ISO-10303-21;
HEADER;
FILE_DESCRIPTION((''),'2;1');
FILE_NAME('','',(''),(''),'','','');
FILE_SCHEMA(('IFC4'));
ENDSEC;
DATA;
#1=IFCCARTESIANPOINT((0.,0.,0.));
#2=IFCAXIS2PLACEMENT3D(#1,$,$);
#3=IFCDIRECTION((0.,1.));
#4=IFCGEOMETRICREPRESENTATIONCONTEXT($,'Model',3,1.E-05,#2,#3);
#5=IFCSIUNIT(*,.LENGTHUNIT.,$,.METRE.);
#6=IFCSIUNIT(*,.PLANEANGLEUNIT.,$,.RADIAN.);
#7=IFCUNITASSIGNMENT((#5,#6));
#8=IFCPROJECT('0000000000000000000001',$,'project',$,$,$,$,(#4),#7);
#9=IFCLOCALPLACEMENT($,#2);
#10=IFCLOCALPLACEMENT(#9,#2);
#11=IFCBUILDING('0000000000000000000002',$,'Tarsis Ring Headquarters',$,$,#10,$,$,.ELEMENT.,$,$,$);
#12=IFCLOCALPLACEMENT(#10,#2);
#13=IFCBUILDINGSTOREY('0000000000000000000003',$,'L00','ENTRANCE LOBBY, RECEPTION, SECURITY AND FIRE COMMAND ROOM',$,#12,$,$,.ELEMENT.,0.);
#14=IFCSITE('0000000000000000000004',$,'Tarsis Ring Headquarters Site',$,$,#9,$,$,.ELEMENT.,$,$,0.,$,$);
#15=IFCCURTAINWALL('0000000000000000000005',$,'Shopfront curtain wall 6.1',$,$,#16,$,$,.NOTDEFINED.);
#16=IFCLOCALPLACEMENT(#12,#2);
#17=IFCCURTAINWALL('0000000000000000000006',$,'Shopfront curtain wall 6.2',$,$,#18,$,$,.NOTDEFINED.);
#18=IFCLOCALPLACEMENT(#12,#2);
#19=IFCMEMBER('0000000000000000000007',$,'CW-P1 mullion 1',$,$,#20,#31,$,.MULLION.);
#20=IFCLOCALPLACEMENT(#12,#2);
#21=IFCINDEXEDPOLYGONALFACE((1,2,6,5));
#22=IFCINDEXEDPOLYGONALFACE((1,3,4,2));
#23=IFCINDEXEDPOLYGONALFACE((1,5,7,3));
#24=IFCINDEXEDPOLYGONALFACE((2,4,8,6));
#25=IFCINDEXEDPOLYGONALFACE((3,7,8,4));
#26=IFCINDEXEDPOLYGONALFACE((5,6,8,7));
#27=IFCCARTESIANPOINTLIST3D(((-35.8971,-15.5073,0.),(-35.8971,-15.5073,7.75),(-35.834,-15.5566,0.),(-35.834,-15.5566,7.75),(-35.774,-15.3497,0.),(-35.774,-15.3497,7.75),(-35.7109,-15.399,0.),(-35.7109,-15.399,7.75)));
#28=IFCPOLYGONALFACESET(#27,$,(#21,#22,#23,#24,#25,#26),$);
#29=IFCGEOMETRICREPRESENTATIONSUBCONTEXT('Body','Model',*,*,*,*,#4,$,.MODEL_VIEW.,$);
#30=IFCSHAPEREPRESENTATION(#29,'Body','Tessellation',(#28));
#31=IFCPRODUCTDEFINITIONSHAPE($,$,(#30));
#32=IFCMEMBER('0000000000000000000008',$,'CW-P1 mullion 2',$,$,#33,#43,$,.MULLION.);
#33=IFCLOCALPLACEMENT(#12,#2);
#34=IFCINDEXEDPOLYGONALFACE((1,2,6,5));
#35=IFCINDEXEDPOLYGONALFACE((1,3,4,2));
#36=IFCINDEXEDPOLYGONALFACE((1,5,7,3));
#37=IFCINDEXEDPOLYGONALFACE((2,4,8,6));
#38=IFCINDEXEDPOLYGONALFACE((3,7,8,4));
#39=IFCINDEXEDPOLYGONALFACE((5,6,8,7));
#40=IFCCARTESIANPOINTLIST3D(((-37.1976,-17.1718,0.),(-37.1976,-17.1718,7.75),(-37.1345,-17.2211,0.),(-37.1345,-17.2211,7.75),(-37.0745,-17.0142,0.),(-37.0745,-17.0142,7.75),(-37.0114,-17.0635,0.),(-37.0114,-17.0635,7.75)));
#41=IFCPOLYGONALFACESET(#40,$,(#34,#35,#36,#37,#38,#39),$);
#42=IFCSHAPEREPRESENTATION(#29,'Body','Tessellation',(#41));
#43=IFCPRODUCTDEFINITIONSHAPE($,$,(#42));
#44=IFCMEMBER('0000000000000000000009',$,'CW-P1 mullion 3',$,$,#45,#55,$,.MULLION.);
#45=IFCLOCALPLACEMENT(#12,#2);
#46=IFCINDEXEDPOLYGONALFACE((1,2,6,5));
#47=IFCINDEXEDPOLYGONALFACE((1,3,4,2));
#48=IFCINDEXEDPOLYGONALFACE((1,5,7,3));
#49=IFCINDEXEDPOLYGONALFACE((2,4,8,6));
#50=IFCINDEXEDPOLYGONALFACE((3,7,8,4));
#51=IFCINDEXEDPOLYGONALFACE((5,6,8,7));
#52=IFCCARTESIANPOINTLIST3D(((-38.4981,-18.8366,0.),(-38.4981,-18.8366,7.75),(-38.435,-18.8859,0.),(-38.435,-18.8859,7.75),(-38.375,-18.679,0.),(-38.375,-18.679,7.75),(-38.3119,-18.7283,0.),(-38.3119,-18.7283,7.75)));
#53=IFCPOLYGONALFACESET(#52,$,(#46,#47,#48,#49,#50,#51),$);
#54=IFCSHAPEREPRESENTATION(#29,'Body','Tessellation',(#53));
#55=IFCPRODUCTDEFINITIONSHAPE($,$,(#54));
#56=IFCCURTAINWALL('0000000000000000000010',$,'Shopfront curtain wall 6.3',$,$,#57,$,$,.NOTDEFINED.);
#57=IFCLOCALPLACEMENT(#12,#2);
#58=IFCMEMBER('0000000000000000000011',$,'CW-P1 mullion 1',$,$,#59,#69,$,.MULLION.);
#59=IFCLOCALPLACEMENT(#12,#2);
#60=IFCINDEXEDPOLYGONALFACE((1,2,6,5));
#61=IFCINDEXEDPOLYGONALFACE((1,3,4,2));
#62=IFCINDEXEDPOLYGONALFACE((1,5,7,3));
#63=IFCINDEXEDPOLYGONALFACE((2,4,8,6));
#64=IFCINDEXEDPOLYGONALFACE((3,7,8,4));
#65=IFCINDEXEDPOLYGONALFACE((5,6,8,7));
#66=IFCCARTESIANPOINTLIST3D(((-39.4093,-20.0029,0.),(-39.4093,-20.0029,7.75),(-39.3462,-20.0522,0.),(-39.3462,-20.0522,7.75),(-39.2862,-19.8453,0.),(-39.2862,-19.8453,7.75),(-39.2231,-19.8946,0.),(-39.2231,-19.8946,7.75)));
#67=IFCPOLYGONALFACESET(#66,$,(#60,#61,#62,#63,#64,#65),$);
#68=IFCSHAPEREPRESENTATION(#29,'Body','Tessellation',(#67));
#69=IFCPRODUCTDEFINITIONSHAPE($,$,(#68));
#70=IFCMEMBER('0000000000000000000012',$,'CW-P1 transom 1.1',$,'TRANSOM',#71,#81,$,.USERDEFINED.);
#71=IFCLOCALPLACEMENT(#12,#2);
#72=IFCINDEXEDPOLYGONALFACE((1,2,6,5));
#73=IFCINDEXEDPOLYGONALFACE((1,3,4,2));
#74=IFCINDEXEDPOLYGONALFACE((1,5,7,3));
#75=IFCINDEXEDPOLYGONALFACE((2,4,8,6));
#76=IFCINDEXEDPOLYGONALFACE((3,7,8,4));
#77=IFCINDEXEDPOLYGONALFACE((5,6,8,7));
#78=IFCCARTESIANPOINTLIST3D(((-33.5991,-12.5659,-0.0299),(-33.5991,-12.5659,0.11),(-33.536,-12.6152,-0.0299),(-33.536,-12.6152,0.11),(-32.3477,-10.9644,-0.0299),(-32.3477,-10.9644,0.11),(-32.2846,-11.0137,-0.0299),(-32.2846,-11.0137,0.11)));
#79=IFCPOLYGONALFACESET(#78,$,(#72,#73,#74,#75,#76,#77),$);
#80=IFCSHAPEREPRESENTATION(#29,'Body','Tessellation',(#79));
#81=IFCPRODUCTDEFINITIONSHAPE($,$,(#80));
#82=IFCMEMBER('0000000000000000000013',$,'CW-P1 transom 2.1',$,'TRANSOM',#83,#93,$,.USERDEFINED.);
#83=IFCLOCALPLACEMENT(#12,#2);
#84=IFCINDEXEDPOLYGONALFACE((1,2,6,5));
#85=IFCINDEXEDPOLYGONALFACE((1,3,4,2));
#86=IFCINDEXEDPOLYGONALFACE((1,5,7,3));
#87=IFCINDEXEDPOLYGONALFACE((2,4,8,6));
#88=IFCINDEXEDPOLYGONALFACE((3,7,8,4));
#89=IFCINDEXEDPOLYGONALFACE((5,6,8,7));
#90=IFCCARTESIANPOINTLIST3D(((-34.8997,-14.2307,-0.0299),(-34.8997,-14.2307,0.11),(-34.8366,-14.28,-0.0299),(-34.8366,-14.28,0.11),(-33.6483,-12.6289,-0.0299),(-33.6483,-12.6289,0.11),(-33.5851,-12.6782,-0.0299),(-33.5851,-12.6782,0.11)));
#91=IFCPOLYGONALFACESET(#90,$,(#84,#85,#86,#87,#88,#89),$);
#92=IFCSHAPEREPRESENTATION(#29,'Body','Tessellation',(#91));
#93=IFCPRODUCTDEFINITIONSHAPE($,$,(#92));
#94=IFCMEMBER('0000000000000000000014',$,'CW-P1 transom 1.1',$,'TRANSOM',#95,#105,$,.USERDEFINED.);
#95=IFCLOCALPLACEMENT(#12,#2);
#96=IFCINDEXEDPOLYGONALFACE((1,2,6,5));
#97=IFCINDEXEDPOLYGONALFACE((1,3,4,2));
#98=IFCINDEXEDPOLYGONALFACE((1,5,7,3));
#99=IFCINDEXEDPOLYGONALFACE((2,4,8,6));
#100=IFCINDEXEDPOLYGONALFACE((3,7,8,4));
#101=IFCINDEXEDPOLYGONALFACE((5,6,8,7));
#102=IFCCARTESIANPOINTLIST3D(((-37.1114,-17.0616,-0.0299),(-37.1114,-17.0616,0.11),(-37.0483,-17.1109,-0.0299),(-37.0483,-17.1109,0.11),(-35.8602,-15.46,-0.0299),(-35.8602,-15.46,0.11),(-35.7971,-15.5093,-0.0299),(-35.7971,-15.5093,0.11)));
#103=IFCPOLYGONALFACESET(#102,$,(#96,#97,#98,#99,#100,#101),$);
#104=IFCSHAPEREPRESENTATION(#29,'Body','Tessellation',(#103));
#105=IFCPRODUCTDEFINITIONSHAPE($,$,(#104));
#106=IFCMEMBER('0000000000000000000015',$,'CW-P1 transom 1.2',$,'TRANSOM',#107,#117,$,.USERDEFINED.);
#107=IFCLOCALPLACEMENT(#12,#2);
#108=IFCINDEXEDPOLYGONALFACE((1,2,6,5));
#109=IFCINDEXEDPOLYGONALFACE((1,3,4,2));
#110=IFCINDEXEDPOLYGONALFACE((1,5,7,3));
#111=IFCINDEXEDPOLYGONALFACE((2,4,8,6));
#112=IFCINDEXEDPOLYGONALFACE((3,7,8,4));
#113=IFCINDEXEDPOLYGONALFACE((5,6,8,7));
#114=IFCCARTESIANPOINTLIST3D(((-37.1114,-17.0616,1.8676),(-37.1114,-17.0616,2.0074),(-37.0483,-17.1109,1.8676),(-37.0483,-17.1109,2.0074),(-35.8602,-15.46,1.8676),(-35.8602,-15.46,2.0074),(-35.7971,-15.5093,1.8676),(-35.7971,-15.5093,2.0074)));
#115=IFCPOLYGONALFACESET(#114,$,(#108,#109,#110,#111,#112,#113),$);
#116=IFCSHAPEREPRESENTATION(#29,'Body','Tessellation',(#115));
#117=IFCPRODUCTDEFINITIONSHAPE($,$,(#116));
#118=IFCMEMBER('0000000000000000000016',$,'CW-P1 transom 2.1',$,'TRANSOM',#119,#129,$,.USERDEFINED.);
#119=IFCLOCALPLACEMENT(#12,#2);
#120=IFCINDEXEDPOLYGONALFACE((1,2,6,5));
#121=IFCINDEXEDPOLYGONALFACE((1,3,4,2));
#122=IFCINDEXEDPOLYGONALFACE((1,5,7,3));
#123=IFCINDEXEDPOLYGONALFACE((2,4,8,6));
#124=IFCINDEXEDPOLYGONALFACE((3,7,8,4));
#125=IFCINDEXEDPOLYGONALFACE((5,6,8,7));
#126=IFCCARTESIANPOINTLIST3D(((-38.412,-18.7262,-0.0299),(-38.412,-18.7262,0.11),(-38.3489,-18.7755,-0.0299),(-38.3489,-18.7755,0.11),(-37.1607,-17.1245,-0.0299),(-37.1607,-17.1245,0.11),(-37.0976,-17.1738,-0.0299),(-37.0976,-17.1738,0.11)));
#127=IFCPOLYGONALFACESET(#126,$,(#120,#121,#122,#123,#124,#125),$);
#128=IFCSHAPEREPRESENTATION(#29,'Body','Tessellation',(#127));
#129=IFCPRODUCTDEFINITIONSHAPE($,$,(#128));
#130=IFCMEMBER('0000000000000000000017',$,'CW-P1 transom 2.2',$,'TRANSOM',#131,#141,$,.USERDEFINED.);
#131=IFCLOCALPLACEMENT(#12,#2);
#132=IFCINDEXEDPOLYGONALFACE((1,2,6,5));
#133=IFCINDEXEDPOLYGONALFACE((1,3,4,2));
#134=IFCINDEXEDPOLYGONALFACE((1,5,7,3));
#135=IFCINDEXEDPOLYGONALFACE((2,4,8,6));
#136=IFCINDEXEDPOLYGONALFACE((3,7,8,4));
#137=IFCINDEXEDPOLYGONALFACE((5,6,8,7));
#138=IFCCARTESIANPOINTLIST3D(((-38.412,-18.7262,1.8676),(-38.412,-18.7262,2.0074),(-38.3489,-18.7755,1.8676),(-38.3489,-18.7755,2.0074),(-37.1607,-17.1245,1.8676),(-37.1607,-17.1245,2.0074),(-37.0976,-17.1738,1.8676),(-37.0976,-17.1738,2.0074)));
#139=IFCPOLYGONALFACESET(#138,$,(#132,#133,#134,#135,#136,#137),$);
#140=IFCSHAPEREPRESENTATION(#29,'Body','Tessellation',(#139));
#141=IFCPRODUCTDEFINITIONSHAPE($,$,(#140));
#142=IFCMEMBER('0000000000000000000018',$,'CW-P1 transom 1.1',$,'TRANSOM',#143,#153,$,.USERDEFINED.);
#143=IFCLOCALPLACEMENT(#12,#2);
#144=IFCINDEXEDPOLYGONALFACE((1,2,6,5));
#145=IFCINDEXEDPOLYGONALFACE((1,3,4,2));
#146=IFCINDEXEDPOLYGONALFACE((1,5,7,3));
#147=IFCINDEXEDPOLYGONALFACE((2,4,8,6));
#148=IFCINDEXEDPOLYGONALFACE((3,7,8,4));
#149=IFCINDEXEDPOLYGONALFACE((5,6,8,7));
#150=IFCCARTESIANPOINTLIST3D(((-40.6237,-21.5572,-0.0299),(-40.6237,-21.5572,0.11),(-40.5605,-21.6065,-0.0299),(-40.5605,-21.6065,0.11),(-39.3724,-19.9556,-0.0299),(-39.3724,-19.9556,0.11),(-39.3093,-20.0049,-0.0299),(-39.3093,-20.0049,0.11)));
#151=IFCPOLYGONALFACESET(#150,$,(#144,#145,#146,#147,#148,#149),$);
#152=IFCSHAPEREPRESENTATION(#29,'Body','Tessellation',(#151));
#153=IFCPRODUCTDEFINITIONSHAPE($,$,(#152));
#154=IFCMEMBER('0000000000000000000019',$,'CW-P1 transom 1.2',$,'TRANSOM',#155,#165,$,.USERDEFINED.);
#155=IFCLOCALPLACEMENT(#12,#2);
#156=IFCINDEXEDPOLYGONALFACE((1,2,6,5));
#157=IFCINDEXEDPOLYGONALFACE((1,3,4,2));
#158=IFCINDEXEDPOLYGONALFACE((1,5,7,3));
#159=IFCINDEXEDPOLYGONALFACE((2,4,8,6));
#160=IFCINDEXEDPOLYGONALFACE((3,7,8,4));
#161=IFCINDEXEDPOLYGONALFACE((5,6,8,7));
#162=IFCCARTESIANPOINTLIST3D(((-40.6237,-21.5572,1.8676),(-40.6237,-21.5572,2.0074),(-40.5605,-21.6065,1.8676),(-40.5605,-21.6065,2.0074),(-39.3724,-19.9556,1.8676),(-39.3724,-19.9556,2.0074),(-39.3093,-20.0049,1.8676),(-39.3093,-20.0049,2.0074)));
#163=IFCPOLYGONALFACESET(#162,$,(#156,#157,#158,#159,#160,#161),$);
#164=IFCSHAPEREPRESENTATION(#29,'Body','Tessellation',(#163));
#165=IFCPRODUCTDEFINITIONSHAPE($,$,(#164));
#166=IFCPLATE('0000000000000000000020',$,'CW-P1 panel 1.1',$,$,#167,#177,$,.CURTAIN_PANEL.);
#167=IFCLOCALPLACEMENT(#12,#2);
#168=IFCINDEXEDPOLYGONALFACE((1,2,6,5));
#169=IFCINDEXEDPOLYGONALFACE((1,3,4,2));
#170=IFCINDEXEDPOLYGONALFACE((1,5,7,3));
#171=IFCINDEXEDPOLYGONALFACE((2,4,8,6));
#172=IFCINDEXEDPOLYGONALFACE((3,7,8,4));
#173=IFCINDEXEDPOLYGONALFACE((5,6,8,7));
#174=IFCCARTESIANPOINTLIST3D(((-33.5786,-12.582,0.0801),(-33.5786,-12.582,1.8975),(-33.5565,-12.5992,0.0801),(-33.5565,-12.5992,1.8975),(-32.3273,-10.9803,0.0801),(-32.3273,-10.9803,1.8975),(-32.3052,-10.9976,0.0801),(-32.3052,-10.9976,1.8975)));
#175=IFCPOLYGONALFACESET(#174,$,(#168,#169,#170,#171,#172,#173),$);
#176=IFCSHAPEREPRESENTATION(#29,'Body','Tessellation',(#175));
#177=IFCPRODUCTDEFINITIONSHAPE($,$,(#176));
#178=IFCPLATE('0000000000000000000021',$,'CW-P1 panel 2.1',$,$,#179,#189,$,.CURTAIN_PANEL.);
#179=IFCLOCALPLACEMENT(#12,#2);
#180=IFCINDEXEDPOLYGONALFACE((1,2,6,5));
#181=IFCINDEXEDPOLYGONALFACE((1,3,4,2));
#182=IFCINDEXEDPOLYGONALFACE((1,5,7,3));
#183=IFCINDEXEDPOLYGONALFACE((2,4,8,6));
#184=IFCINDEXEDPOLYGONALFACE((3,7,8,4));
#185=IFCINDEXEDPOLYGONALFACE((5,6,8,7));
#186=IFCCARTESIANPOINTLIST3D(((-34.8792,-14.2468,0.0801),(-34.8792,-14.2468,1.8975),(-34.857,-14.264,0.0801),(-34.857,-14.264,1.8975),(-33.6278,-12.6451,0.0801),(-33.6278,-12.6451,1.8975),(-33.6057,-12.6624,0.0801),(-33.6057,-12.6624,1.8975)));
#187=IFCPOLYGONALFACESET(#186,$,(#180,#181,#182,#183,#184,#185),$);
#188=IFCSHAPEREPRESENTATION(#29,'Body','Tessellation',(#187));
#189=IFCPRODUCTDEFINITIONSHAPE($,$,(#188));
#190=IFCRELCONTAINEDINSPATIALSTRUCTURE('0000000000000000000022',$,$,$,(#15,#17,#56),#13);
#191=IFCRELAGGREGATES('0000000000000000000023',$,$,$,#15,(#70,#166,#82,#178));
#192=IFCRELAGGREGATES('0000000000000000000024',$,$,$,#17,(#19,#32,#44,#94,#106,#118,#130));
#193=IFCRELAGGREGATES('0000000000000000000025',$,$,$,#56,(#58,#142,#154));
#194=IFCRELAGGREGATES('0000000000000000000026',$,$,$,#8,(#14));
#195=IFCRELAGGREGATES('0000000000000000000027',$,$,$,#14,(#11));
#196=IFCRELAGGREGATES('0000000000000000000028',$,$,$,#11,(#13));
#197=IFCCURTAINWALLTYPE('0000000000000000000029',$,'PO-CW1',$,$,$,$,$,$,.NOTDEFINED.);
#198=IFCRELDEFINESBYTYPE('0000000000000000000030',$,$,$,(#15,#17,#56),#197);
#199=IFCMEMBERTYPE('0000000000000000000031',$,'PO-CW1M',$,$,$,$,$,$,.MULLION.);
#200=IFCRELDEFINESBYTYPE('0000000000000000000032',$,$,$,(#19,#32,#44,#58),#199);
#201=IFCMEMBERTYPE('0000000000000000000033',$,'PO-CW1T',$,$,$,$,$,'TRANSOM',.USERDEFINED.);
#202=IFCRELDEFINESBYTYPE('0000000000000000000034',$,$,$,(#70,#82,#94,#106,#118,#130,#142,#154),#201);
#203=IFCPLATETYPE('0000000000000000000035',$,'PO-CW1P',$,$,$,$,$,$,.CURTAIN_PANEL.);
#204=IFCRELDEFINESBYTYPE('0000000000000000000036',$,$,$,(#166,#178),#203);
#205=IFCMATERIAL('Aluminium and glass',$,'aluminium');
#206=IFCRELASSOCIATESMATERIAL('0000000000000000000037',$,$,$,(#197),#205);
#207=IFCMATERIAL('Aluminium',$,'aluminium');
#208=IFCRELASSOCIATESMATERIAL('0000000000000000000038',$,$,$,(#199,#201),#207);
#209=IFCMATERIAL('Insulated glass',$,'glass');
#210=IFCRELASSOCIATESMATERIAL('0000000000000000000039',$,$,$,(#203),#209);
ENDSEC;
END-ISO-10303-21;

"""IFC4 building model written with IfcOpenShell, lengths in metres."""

from ifc_helpers import new_model, si_unit, direction, frame, origin, origin_2d, place, context, subcontext, project, spatial, rectangle, extrude, material, material_profile, profile_set, type_object, element, aggregate, save


model = new_model("IFC4")

# Units and contexts
model_context = context("Model", 3, precision=1e-05, world=origin(), true_north=direction((0.0, 1.0)))
body_context = subcontext(model_context, "Body", "Model", "MODEL_VIEW")
ifc_project = project(units=[si_unit("LENGTHUNIT", "METRE"), si_unit("PLANEANGLEUNIT", "RADIAN")], contexts=[model_context])

# Site, building, storey
site_placement = place(None, origin())
site = spatial("IfcSite", under=ifc_project, at=site_placement, Name="Tarsis Ring Headquarters Site", CompositionType="ELEMENT", RefElevation=0.0)
building_placement = place(site_placement, origin())
building = spatial("IfcBuilding", under=site, at=building_placement, Name="Tarsis Ring Headquarters", CompositionType="ELEMENT")
storey_placement = place(building_placement, origin())
storey = spatial("IfcBuildingStorey", under=building, at=storey_placement, Name="L00", Description="ENTRANCE LOBBY, RECEPTION, SECURITY AND FIRE COMMAND ROOM", CompositionType="ELEMENT", Elevation=0.0)

# Curtain walls, members
ifc_material_1 = material(Name="Aluminium and glass", Category="aluminium")
curtain_wall_type = type_object("IfcCurtainWallType", Name="PO-CW1", PredefinedType="NOTDEFINED", material=ifc_material_1)
curtain_wall_1_placement = place(storey_placement, origin())
curtain_wall_1 = element("IfcCurtainWall", 1, at=curtain_wall_1_placement, inside=storey, type_object=curtain_wall_type, Name="Shopfront curtain wall 6.1", PredefinedType="NOTDEFINED")
ifc_material_2 = material(Name="Aluminium", Category="aluminium")
ifc_material_profile_1 = material_profile(ifc_material_2, rectangle(XDim=0.0801, YDim=0.2, at=origin_2d()), Name="PO-CW1M")
ifc_profile_set_1 = profile_set([ifc_material_profile_1], Name="Aluminium")
member_type_1 = type_object("IfcMemberType", Name="PO-CW1M", PredefinedType="MULLION", material=ifc_profile_set_1)
curtain_wall_2_placement = place(storey_placement, origin())
curtain_wall_2 = element("IfcCurtainWall", 2, at=curtain_wall_2_placement, inside=storey, type_object=curtain_wall_type, Name="Shopfront curtain wall 6.2", PredefinedType="NOTDEFINED")
member_1_placement = place(storey_placement, frame((-35.804, -15.4531, 0.0), z_axis=(0.0, 0.0, 1.0), x_axis=(0.788011, -0.615661, 0.0)))
member_1 = element("IfcMember", 3, at=member_1_placement, type_object=member_type_1, Name="CW-P1 mullion 1", PredefinedType="MULLION", context=body_context, shape_type="SweptSolid", body=[
    extrude(rectangle(XDim=0.0801, YDim=0.2, at=origin_2d()), origin(), (0.0, 0.0, 1.0), 7.75),
])
member_2_placement = place(storey_placement, frame((-37.1045, -17.1177, 0.0), z_axis=(0.0, 0.0, 1.0), x_axis=(0.788011, -0.615661, 0.0)))
member_2 = element("IfcMember", 4, at=member_2_placement, type_object=member_type_1, Name="CW-P1 mullion 2", PredefinedType="MULLION", context=body_context, shape_type="SweptSolid", body=[
    extrude(rectangle(XDim=0.0801, YDim=0.2, at=origin_2d()), origin(), (0.0, 0.0, 1.0), 7.75),
])
member_3_placement = place(storey_placement, frame((-38.405, -18.7825, 0.0), z_axis=(0.0, 0.0, 1.0), x_axis=(0.788011, -0.615661, 0.0)))
member_3 = element("IfcMember", 5, at=member_3_placement, type_object=member_type_1, Name="CW-P1 mullion 3", PredefinedType="MULLION", context=body_context, shape_type="SweptSolid", body=[
    extrude(rectangle(XDim=0.0801, YDim=0.2, at=origin_2d()), origin(), (0.0, 0.0, 1.0), 7.75),
])

# Curtain wall, member
curtain_wall_3_placement = place(storey_placement, origin())
curtain_wall_3 = element("IfcCurtainWall", 6, at=curtain_wall_3_placement, inside=storey, type_object=curtain_wall_type, Name="Shopfront curtain wall 6.3", PredefinedType="NOTDEFINED")
member_4_placement = place(storey_placement, frame((-39.3162, -19.9487, 0.0), z_axis=(0.0, 0.0, 1.0), x_axis=(0.788011, -0.615662, 0.0)))
member_4 = element("IfcMember", 7, at=member_4_placement, type_object=member_type_1, Name="CW-P1 mullion 1", PredefinedType="MULLION", context=body_context, shape_type="SweptSolid", body=[
    extrude(rectangle(XDim=0.0801, YDim=0.2, at=origin_2d()), origin(), (0.0, 0.0, 1.0), 7.75),
])

# Members
ifc_material_profile_2 = material_profile(ifc_material_2, rectangle(XDim=0.0801, YDim=0.1399, at=origin_2d()), Name="PO-CW1T")
ifc_profile_set_2 = profile_set([ifc_material_profile_2], Name="Aluminium")
member_type_2 = type_object("IfcMemberType", Name="PO-CW1T", ElementType="TRANSOM", PredefinedType="USERDEFINED", material=ifc_profile_set_2)
member_5_placement = place(storey_placement, frame((-32.3162, -10.989, 0.04), z_axis=(-0.615719, -0.787966, 0.0), x_axis=(0.787966, -0.615719, 0.0)))
member_5 = element("IfcMember", 8, at=member_5_placement, type_object=member_type_2, Name="CW-P1 transom 1.1", ObjectType="TRANSOM", PredefinedType="USERDEFINED", context=body_context, shape_type="SweptSolid", body=[
    extrude(rectangle(XDim=0.0801, YDim=0.1399, at=origin_2d()), origin(), (0.0, 0.0, 1.0), 2.0325),
])
member_6_placement = place(storey_placement, frame((-33.6167, -12.6536, 0.04), z_axis=(-0.61566, -0.788012, 0.0), x_axis=(0.788012, -0.61566, 0.0)))
member_6 = element("IfcMember", 9, at=member_6_placement, type_object=member_type_2, Name="CW-P1 transom 2.1", ObjectType="TRANSOM", PredefinedType="USERDEFINED", context=body_context, shape_type="SweptSolid", body=[
    extrude(rectangle(XDim=0.0801, YDim=0.1399, at=origin_2d()), origin(), (0.0, 0.0, 1.0), 2.0327),
])
member_7_placement = place(storey_placement, frame((-35.8286, -15.4846, 0.04), z_axis=(-0.615644, -0.788024, 0.0), x_axis=(0.788024, -0.615644, 0.0)))
member_7 = element("IfcMember", 10, at=member_7_placement, type_object=member_type_2, Name="CW-P1 transom 1.1", ObjectType="TRANSOM", PredefinedType="USERDEFINED", context=body_context, shape_type="SweptSolid", body=[
    extrude(rectangle(XDim=0.0801, YDim=0.1399, at=origin_2d()), origin(), (0.0, 0.0, 1.0), 2.0325),
])
member_8_placement = place(storey_placement, frame((-35.8286, -15.4846, 1.9375), z_axis=(-0.615644, -0.788024, 0.0), x_axis=(0.788024, -0.615644, 0.0)))
member_8 = element("IfcMember", 11, at=member_8_placement, type_object=member_type_2, Name="CW-P1 transom 1.2", ObjectType="TRANSOM", PredefinedType="USERDEFINED", context=body_context, shape_type="SweptSolid", body=[
    extrude(rectangle(XDim=0.0801, YDim=0.1399, at=origin_2d()), origin(), (0.0, 0.0, 1.0), 2.0325),
])
member_9_placement = place(storey_placement, frame((-37.1292, -17.1492, 0.04), z_axis=(-0.615644, -0.788024, 0.0), x_axis=(0.788024, -0.615644, 0.0)))
member_9 = element("IfcMember", 12, at=member_9_placement, type_object=member_type_2, Name="CW-P1 transom 2.1", ObjectType="TRANSOM", PredefinedType="USERDEFINED", context=body_context, shape_type="SweptSolid", body=[
    extrude(rectangle(XDim=0.0801, YDim=0.1399, at=origin_2d()), origin(), (0.0, 0.0, 1.0), 2.0325),
])
member_10_placement = place(storey_placement, frame((-37.1292, -17.1492, 1.9375), z_axis=(-0.615644, -0.788024, 0.0), x_axis=(0.788024, -0.615644, 0.0)))
member_10 = element("IfcMember", 13, at=member_10_placement, type_object=member_type_2, Name="CW-P1 transom 2.2", ObjectType="TRANSOM", PredefinedType="USERDEFINED", context=body_context, shape_type="SweptSolid", body=[
    extrude(rectangle(XDim=0.0801, YDim=0.1399, at=origin_2d()), origin(), (0.0, 0.0, 1.0), 2.0325),
])
member_11_placement = place(storey_placement, frame((-39.3408, -19.9802, 0.04), z_axis=(-0.615644, -0.788024, 0.0), x_axis=(0.788024, -0.615644, 0.0)))
member_11 = element("IfcMember", 14, at=member_11_placement, type_object=member_type_2, Name="CW-P1 transom 1.1", ObjectType="TRANSOM", PredefinedType="USERDEFINED", context=body_context, shape_type="SweptSolid", body=[
    extrude(rectangle(XDim=0.0801, YDim=0.1399, at=origin_2d()), origin(), (0.0, 0.0, 1.0), 2.0325),
])
member_12_placement = place(storey_placement, frame((-39.3408, -19.9802, 1.9375), z_axis=(-0.615644, -0.788024, 0.0), x_axis=(0.788024, -0.615644, 0.0)))
member_12 = element("IfcMember", 15, at=member_12_placement, type_object=member_type_2, Name="CW-P1 transom 1.2", ObjectType="TRANSOM", PredefinedType="USERDEFINED", context=body_context, shape_type="SweptSolid", body=[
    extrude(rectangle(XDim=0.0801, YDim=0.1399, at=origin_2d()), origin(), (0.0, 0.0, 1.0), 2.0325),
])

# Plates
ifc_material_3 = material(Name="Insulated glass", Category="glass")
plate_type = type_object("IfcPlateType", Name="PO-CW1P", PredefinedType="CURTAIN_PANEL", material=ifc_material_3)
plate_1_placement = place(storey_placement, frame((-32.9419, -11.7898, 0.0801), z_axis=(0.0, 0.0, 1.0), x_axis=(-0.615662, -0.788011, 0.0)))
plate_1 = element("IfcPlate", 16, at=plate_1_placement, type_object=plate_type, Name="CW-P1 panel 1.1", PredefinedType="CURTAIN_PANEL", context=body_context, shape_type="SweptSolid", body=[
    extrude(rectangle(XDim=2.0325, YDim=0.0281, at=origin_2d()), origin(), (0.0, 0.0, 1.0), 1.8174),
])
plate_2_placement = place(storey_placement, frame((-34.2424, -13.4546, 0.0801), z_axis=(0.0, 0.0, 1.0), x_axis=(-0.615662, -0.788011, 0.0)))
plate_2 = element("IfcPlate", 17, at=plate_2_placement, type_object=plate_type, Name="CW-P1 panel 2.1", PredefinedType="CURTAIN_PANEL", context=body_context, shape_type="SweptSolid", body=[
    extrude(rectangle(XDim=2.0325, YDim=0.0281, at=origin_2d()), origin(), (0.0, 0.0, 1.0), 1.8174),
])
aggregate(curtain_wall_1, [member_5, plate_1, member_6, plate_2])
aggregate(curtain_wall_2, [member_1, member_2, member_3, member_7, member_8, member_9, member_10])
aggregate(curtain_wall_3, [member_4, member_11, member_12])

save(model, "model.ifc")
